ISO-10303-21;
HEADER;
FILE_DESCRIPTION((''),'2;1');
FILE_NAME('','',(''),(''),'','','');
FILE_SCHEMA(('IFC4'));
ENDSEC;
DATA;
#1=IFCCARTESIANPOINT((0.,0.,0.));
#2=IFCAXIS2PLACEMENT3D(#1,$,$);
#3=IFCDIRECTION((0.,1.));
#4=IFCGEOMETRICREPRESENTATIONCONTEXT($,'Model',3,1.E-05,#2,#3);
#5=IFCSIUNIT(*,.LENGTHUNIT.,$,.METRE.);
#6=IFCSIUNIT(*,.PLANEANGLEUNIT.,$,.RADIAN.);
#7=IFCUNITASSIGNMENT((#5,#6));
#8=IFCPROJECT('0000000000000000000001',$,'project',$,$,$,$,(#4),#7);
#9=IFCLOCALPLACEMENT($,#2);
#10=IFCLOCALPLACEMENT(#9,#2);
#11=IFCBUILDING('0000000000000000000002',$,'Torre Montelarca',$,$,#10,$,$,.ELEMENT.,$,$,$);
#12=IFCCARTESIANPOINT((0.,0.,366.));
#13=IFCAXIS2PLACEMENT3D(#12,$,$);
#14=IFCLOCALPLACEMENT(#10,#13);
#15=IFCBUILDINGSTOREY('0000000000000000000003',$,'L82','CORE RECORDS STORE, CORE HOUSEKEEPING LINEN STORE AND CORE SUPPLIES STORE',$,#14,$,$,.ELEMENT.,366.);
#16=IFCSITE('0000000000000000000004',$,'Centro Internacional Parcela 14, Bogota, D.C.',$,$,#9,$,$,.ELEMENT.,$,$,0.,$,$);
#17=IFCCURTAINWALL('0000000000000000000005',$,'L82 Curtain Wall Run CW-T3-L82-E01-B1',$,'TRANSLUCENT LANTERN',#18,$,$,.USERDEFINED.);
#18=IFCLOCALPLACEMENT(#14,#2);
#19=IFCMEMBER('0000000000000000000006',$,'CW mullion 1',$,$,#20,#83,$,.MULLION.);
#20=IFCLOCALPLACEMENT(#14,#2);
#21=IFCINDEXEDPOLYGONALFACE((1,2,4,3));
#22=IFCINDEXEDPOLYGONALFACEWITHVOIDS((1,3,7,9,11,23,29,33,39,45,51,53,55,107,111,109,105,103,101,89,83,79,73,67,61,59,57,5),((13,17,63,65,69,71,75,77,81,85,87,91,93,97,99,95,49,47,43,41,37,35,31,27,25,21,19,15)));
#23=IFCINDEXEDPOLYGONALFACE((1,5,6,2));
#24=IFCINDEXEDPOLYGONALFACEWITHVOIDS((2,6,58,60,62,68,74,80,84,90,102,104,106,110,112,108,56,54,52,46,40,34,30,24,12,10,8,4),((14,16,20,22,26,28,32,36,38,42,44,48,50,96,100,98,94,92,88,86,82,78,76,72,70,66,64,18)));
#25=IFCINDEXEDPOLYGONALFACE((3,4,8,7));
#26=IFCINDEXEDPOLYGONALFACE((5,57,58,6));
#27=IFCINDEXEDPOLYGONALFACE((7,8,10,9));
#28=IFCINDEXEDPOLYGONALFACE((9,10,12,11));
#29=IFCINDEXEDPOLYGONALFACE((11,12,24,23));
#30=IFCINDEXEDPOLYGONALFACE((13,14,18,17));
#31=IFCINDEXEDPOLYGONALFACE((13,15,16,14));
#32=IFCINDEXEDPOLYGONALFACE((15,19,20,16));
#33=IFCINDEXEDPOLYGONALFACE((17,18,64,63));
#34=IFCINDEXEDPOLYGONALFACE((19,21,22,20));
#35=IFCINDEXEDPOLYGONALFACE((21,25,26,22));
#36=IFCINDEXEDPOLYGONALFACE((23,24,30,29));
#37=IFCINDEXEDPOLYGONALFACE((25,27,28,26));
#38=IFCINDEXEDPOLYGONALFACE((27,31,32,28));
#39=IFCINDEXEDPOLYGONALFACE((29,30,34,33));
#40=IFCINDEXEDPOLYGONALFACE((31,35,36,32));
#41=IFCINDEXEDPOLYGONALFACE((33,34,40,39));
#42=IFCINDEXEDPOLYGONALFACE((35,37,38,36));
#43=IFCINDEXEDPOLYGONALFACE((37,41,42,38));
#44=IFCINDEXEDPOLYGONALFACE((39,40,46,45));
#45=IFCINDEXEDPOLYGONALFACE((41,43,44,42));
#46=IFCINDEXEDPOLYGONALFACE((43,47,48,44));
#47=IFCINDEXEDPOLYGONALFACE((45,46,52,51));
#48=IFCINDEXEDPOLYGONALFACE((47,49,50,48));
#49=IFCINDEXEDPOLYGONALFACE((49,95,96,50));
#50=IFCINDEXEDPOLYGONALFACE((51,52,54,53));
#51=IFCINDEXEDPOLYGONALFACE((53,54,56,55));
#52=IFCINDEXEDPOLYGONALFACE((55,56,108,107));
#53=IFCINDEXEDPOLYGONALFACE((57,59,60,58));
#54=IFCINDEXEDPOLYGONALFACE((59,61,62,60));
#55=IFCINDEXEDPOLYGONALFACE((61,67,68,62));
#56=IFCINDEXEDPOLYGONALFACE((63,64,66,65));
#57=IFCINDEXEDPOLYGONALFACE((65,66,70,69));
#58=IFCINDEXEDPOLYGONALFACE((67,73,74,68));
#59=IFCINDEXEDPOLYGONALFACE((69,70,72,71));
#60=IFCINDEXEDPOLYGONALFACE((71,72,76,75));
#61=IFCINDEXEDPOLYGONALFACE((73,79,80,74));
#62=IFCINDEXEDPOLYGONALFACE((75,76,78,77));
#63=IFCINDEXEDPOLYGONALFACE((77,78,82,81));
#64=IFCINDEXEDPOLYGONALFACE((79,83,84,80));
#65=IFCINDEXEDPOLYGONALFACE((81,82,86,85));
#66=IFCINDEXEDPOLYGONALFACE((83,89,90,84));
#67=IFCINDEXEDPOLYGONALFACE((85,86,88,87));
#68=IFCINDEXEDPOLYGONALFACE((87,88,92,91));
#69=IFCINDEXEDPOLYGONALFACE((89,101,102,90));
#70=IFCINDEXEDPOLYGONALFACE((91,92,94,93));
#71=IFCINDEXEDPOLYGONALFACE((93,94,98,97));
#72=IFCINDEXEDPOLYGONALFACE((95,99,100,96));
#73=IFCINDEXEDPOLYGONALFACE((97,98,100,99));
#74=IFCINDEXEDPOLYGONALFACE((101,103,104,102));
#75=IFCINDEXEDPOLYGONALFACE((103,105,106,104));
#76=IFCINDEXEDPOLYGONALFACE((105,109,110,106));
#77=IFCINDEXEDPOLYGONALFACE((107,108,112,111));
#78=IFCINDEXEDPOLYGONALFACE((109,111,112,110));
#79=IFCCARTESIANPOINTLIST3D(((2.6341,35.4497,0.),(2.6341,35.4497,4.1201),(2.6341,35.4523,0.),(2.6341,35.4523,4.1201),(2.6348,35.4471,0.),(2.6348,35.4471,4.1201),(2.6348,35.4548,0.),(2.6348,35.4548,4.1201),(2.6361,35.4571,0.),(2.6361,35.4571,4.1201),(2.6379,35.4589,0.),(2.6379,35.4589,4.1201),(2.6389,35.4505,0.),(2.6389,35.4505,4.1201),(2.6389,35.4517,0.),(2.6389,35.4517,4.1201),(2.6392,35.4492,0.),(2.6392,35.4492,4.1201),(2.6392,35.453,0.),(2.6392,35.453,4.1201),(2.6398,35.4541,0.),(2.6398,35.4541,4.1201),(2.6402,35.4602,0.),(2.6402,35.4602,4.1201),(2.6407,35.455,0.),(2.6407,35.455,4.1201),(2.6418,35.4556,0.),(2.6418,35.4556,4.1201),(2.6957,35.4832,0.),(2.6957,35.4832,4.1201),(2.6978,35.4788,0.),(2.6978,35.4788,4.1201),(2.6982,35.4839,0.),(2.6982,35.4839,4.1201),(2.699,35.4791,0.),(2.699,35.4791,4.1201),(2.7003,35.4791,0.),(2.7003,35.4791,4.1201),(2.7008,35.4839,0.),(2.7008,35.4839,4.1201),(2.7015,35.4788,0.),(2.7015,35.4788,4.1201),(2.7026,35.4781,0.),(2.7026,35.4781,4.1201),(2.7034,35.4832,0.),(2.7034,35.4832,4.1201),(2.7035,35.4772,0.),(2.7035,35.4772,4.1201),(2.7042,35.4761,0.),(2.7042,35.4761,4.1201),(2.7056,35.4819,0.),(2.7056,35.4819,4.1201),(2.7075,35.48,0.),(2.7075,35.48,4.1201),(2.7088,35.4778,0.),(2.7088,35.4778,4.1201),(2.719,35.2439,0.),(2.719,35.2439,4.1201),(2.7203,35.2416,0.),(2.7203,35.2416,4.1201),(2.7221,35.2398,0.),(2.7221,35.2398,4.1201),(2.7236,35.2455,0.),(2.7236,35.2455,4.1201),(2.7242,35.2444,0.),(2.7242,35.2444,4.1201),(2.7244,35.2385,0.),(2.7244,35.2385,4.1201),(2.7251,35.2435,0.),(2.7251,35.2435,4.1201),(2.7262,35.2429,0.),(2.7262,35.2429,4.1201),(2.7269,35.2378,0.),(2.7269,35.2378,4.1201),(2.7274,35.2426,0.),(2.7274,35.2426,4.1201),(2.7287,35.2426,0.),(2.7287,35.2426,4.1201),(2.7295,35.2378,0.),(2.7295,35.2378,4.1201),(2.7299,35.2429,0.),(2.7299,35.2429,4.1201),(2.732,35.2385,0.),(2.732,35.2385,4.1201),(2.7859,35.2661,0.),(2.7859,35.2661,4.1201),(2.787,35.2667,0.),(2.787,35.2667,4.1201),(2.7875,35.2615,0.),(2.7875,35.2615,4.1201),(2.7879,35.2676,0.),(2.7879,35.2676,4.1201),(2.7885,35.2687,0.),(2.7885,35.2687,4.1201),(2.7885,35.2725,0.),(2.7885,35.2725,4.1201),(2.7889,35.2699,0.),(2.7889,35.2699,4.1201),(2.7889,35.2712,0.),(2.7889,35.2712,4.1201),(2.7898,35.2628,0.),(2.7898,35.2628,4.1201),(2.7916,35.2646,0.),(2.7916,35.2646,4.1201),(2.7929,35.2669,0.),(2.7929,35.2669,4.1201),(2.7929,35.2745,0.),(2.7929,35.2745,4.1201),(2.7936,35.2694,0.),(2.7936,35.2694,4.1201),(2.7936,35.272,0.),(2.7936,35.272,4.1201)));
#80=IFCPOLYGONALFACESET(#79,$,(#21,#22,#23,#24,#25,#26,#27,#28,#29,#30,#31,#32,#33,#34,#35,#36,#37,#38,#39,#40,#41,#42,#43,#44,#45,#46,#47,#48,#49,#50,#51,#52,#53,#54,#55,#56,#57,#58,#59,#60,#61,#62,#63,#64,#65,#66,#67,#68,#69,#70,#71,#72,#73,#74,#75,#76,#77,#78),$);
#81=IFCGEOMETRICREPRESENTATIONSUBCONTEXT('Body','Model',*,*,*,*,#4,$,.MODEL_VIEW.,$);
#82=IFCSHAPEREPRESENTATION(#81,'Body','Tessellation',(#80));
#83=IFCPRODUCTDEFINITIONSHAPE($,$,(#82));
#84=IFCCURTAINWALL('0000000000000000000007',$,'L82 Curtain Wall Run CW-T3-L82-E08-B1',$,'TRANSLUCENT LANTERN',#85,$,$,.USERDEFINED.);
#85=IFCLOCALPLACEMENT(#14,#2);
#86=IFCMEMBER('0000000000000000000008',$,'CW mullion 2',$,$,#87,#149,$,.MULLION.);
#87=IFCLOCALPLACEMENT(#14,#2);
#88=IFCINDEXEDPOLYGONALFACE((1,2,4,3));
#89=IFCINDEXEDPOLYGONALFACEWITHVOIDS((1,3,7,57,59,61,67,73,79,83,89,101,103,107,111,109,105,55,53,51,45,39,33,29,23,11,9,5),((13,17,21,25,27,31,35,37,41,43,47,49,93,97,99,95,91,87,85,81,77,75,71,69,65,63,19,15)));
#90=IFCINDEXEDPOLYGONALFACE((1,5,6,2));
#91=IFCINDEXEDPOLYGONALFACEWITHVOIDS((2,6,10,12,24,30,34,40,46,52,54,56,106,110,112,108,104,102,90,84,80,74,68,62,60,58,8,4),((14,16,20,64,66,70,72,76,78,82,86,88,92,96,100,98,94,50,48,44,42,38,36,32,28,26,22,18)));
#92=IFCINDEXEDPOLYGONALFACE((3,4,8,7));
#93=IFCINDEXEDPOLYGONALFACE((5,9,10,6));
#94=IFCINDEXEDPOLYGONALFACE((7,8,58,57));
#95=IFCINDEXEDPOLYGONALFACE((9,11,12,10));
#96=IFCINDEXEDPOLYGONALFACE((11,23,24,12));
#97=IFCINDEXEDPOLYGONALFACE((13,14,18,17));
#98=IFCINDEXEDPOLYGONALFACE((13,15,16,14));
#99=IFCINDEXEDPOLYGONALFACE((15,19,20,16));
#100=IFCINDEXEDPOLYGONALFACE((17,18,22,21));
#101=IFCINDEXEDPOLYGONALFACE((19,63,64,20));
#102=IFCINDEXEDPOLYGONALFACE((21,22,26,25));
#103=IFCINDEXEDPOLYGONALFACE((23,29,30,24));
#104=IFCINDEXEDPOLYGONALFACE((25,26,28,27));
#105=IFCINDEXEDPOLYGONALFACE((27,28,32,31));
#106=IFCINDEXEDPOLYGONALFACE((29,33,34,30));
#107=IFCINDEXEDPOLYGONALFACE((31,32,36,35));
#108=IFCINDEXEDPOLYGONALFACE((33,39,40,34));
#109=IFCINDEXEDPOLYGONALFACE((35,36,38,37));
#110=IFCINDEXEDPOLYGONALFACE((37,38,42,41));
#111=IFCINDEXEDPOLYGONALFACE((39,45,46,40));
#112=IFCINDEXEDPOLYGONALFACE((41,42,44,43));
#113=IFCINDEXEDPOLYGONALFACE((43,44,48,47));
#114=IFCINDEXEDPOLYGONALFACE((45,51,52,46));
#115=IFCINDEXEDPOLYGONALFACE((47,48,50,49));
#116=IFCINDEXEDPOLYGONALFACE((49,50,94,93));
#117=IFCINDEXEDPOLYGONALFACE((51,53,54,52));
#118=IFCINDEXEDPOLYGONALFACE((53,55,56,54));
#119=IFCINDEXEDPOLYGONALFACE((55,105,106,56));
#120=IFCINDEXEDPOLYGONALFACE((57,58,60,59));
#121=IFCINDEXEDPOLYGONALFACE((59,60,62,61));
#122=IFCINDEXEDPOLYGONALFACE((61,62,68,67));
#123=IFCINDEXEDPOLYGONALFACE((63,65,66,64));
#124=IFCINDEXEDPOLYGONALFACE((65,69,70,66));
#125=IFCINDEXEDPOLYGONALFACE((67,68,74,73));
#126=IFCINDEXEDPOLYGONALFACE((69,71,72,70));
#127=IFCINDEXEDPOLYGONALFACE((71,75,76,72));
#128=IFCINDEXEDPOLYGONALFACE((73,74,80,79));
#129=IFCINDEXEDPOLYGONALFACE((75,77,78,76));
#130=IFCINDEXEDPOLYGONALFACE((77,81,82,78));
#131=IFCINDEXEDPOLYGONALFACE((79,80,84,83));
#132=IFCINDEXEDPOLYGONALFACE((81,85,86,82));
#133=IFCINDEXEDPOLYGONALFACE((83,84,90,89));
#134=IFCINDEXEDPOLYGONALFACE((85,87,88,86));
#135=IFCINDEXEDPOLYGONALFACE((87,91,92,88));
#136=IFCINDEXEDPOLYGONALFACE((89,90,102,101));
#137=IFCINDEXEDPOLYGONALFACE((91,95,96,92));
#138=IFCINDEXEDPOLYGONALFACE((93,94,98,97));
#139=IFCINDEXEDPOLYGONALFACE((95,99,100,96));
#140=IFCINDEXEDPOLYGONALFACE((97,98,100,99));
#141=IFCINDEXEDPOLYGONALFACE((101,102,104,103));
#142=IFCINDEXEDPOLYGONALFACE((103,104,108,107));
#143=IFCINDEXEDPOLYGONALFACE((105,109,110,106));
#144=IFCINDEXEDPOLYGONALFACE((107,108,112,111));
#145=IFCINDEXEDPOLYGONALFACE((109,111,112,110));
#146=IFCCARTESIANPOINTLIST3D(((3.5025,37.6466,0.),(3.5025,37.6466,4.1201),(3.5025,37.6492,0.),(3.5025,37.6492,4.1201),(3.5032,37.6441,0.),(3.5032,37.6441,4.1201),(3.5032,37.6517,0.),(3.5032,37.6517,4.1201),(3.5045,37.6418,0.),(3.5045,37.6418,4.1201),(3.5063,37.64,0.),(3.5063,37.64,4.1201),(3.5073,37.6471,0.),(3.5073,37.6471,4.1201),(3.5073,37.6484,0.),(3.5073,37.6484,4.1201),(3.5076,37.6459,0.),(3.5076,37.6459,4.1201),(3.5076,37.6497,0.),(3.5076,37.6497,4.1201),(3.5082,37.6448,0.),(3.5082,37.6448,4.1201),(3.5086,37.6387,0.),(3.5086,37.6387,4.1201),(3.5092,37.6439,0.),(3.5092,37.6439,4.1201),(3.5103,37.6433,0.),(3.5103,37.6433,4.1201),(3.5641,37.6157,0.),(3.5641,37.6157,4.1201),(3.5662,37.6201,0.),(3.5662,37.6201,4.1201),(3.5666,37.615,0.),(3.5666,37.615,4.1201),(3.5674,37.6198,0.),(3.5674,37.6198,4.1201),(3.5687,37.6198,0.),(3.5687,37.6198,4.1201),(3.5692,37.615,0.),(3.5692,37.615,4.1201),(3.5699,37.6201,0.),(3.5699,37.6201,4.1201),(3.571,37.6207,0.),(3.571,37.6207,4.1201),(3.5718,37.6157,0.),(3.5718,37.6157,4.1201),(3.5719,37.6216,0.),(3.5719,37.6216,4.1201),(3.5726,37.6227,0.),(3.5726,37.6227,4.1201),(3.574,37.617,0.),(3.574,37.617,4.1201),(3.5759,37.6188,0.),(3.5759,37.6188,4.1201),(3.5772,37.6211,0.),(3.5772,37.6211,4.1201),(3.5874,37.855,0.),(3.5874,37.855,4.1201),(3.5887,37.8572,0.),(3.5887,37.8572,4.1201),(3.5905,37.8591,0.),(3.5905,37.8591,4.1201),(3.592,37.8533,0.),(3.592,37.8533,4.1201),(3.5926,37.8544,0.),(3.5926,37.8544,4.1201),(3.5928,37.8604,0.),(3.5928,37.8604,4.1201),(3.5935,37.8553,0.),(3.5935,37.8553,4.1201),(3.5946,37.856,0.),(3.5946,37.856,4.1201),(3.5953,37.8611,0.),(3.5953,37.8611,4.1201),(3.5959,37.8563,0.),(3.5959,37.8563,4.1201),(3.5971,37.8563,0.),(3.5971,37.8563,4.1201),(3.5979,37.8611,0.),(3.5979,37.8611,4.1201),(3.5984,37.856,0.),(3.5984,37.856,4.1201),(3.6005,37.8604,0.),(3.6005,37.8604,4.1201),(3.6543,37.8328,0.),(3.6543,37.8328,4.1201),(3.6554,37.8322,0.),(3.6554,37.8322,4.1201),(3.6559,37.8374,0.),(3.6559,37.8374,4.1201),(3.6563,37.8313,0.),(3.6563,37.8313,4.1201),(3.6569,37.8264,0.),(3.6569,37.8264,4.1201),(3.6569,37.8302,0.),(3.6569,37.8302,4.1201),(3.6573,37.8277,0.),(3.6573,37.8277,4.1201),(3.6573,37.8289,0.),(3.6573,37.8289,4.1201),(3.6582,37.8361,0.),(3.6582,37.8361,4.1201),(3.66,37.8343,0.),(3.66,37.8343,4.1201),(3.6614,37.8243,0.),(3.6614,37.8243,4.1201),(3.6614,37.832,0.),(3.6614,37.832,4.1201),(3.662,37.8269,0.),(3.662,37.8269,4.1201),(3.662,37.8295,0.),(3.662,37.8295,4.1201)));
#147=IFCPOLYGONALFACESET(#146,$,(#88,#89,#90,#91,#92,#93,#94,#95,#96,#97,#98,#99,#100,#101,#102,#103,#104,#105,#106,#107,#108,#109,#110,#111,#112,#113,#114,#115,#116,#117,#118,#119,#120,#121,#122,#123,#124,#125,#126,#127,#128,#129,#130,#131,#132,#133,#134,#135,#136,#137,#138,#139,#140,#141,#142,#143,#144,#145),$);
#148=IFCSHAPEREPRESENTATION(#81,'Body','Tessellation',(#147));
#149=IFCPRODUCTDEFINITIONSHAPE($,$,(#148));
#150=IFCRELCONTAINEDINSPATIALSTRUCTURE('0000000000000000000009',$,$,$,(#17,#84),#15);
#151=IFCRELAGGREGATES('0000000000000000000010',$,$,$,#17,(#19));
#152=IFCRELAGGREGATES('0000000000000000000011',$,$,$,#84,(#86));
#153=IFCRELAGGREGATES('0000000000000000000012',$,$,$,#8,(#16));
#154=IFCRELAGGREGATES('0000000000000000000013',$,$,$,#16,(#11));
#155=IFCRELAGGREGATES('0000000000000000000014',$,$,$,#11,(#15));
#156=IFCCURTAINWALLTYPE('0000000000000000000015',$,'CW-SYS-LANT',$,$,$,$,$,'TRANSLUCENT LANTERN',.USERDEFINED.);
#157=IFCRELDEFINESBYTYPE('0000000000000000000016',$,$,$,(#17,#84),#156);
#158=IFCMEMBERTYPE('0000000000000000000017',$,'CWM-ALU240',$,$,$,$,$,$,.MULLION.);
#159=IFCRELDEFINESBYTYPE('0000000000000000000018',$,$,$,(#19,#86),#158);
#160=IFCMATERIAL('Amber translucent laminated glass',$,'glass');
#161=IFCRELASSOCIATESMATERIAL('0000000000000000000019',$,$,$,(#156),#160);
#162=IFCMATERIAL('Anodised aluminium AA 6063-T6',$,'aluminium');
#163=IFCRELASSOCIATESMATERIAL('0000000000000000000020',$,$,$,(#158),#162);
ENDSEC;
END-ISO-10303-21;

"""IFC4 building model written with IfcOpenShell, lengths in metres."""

from ifc_helpers import new_model, si_unit, direction, frame, origin, origin_2d, place, context, subcontext, project, spatial, hollow_rectangle, extrude, source, transform, mapped, material, material_profile, profile_set, type_object, element, aggregate, save


model = new_model("IFC4")

# Units and contexts
model_context = context("Model", 3, precision=1e-05, world=origin(), true_north=direction((0.0, 1.0)))
body_context = subcontext(model_context, "Body", "Model", "MODEL_VIEW")
ifc_project = project(units=[si_unit("LENGTHUNIT", "METRE"), si_unit("PLANEANGLEUNIT", "RADIAN")], contexts=[model_context])

# Site, building, storey
site_placement = place(None, origin())
site = spatial("IfcSite", under=ifc_project, at=site_placement, Name="Centro Internacional Parcela 14, Bogota, D.C.", CompositionType="ELEMENT", RefElevation=0.0)
building_placement = place(site_placement, origin())
building = spatial("IfcBuilding", under=site, at=building_placement, Name="Torre Montelarca", CompositionType="ELEMENT")
storey_placement = place(building_placement, frame((0.0, 0.0, 366.0)))
storey = spatial("IfcBuildingStorey", under=building, at=storey_placement, Name="L82", Description="CORE RECORDS STORE, CORE HOUSEKEEPING LINEN STORE AND CORE SUPPLIES STORE", CompositionType="ELEMENT", Elevation=366.0)

# Curtain wall, member
ifc_material_1 = material(Name="Amber translucent laminated glass", Category="glass")
curtain_wall_type = type_object("IfcCurtainWallType", Name="CW-SYS-LANT", ElementType="TRANSLUCENT LANTERN", PredefinedType="USERDEFINED", material=ifc_material_1)
curtain_wall_1_placement = place(storey_placement, origin())
curtain_wall_1 = element("IfcCurtainWall", 1, at=curtain_wall_1_placement, inside=storey, type_object=curtain_wall_type, Name="L82 Curtain Wall Run CW-T3-L82-E01-B1", ObjectType="TRANSLUCENT LANTERN", PredefinedType="USERDEFINED")
ifc_material_2 = material(Name="Anodised aluminium AA 6063-T6", Category="aluminium")
ifc_material_profile_1 = material_profile(ifc_material_2, hollow_rectangle(XDim=0.0801, YDim=0.24, WallThickness=0.0049, InnerFilletRadius=0.0049, OuterFilletRadius=0.01, at=origin_2d()), Name="ALU80X240X5", Category="aluminium")
ifc_profile_set_1 = profile_set([ifc_material_profile_1], Name="Anodised aluminium AA 6063-T6")
member_type_1 = type_object("IfcMemberType", Name="CWM-ALU240", PredefinedType="MULLION", material=ifc_profile_set_1)
shared_shape_1 = source(origin(), body_context, "Body", "SweptSolid", [
    extrude(hollow_rectangle(XDim=0.0801, YDim=0.24, WallThickness=0.0049, InnerFilletRadius=0.0049, OuterFilletRadius=0.01, at=origin_2d()), origin(), (0.0, 0.0, 1.0), 4.1201),
])
member_1_placement = place(storey_placement, frame((2.7139, 35.3608, 0.0), z_axis=(0.0, 0.0, 1.0), x_axis=(0.92388, 0.382681, 0.0)))
member_1 = element("IfcMember", 2, at=member_1_placement, type_object=member_type_1, Name="CW mullion 1", PredefinedType="MULLION", context=body_context, shape_type="MappedRepresentation", body=[
    mapped(shared_shape_1, transform((0.0, 0.0, 0.0), scale=1.0)),
])

# Curtain wall, member
curtain_wall_2_placement = place(storey_placement, origin())
curtain_wall_2 = element("IfcCurtainWall", 3, at=curtain_wall_2_placement, inside=storey, type_object=curtain_wall_type, Name="L82 Curtain Wall Run CW-T3-L82-E08-B1", ObjectType="TRANSLUCENT LANTERN", PredefinedType="USERDEFINED")
member_2_placement = place(storey_placement, frame((3.5823, 37.738, 0.0), z_axis=(0.0, 0.0, 1.0), x_axis=(0.92388, -0.382683, 0.0)))
member_2 = element("IfcMember", 4, at=member_2_placement, type_object=member_type_1, Name="CW mullion 2", PredefinedType="MULLION", context=body_context, shape_type="MappedRepresentation", body=[
    mapped(shared_shape_1, transform((0.0, 0.0, 0.0), scale=1.0)),
])

aggregate(curtain_wall_1, [member_1])

aggregate(curtain_wall_2, [member_2])

save(model, "model.ifc")
